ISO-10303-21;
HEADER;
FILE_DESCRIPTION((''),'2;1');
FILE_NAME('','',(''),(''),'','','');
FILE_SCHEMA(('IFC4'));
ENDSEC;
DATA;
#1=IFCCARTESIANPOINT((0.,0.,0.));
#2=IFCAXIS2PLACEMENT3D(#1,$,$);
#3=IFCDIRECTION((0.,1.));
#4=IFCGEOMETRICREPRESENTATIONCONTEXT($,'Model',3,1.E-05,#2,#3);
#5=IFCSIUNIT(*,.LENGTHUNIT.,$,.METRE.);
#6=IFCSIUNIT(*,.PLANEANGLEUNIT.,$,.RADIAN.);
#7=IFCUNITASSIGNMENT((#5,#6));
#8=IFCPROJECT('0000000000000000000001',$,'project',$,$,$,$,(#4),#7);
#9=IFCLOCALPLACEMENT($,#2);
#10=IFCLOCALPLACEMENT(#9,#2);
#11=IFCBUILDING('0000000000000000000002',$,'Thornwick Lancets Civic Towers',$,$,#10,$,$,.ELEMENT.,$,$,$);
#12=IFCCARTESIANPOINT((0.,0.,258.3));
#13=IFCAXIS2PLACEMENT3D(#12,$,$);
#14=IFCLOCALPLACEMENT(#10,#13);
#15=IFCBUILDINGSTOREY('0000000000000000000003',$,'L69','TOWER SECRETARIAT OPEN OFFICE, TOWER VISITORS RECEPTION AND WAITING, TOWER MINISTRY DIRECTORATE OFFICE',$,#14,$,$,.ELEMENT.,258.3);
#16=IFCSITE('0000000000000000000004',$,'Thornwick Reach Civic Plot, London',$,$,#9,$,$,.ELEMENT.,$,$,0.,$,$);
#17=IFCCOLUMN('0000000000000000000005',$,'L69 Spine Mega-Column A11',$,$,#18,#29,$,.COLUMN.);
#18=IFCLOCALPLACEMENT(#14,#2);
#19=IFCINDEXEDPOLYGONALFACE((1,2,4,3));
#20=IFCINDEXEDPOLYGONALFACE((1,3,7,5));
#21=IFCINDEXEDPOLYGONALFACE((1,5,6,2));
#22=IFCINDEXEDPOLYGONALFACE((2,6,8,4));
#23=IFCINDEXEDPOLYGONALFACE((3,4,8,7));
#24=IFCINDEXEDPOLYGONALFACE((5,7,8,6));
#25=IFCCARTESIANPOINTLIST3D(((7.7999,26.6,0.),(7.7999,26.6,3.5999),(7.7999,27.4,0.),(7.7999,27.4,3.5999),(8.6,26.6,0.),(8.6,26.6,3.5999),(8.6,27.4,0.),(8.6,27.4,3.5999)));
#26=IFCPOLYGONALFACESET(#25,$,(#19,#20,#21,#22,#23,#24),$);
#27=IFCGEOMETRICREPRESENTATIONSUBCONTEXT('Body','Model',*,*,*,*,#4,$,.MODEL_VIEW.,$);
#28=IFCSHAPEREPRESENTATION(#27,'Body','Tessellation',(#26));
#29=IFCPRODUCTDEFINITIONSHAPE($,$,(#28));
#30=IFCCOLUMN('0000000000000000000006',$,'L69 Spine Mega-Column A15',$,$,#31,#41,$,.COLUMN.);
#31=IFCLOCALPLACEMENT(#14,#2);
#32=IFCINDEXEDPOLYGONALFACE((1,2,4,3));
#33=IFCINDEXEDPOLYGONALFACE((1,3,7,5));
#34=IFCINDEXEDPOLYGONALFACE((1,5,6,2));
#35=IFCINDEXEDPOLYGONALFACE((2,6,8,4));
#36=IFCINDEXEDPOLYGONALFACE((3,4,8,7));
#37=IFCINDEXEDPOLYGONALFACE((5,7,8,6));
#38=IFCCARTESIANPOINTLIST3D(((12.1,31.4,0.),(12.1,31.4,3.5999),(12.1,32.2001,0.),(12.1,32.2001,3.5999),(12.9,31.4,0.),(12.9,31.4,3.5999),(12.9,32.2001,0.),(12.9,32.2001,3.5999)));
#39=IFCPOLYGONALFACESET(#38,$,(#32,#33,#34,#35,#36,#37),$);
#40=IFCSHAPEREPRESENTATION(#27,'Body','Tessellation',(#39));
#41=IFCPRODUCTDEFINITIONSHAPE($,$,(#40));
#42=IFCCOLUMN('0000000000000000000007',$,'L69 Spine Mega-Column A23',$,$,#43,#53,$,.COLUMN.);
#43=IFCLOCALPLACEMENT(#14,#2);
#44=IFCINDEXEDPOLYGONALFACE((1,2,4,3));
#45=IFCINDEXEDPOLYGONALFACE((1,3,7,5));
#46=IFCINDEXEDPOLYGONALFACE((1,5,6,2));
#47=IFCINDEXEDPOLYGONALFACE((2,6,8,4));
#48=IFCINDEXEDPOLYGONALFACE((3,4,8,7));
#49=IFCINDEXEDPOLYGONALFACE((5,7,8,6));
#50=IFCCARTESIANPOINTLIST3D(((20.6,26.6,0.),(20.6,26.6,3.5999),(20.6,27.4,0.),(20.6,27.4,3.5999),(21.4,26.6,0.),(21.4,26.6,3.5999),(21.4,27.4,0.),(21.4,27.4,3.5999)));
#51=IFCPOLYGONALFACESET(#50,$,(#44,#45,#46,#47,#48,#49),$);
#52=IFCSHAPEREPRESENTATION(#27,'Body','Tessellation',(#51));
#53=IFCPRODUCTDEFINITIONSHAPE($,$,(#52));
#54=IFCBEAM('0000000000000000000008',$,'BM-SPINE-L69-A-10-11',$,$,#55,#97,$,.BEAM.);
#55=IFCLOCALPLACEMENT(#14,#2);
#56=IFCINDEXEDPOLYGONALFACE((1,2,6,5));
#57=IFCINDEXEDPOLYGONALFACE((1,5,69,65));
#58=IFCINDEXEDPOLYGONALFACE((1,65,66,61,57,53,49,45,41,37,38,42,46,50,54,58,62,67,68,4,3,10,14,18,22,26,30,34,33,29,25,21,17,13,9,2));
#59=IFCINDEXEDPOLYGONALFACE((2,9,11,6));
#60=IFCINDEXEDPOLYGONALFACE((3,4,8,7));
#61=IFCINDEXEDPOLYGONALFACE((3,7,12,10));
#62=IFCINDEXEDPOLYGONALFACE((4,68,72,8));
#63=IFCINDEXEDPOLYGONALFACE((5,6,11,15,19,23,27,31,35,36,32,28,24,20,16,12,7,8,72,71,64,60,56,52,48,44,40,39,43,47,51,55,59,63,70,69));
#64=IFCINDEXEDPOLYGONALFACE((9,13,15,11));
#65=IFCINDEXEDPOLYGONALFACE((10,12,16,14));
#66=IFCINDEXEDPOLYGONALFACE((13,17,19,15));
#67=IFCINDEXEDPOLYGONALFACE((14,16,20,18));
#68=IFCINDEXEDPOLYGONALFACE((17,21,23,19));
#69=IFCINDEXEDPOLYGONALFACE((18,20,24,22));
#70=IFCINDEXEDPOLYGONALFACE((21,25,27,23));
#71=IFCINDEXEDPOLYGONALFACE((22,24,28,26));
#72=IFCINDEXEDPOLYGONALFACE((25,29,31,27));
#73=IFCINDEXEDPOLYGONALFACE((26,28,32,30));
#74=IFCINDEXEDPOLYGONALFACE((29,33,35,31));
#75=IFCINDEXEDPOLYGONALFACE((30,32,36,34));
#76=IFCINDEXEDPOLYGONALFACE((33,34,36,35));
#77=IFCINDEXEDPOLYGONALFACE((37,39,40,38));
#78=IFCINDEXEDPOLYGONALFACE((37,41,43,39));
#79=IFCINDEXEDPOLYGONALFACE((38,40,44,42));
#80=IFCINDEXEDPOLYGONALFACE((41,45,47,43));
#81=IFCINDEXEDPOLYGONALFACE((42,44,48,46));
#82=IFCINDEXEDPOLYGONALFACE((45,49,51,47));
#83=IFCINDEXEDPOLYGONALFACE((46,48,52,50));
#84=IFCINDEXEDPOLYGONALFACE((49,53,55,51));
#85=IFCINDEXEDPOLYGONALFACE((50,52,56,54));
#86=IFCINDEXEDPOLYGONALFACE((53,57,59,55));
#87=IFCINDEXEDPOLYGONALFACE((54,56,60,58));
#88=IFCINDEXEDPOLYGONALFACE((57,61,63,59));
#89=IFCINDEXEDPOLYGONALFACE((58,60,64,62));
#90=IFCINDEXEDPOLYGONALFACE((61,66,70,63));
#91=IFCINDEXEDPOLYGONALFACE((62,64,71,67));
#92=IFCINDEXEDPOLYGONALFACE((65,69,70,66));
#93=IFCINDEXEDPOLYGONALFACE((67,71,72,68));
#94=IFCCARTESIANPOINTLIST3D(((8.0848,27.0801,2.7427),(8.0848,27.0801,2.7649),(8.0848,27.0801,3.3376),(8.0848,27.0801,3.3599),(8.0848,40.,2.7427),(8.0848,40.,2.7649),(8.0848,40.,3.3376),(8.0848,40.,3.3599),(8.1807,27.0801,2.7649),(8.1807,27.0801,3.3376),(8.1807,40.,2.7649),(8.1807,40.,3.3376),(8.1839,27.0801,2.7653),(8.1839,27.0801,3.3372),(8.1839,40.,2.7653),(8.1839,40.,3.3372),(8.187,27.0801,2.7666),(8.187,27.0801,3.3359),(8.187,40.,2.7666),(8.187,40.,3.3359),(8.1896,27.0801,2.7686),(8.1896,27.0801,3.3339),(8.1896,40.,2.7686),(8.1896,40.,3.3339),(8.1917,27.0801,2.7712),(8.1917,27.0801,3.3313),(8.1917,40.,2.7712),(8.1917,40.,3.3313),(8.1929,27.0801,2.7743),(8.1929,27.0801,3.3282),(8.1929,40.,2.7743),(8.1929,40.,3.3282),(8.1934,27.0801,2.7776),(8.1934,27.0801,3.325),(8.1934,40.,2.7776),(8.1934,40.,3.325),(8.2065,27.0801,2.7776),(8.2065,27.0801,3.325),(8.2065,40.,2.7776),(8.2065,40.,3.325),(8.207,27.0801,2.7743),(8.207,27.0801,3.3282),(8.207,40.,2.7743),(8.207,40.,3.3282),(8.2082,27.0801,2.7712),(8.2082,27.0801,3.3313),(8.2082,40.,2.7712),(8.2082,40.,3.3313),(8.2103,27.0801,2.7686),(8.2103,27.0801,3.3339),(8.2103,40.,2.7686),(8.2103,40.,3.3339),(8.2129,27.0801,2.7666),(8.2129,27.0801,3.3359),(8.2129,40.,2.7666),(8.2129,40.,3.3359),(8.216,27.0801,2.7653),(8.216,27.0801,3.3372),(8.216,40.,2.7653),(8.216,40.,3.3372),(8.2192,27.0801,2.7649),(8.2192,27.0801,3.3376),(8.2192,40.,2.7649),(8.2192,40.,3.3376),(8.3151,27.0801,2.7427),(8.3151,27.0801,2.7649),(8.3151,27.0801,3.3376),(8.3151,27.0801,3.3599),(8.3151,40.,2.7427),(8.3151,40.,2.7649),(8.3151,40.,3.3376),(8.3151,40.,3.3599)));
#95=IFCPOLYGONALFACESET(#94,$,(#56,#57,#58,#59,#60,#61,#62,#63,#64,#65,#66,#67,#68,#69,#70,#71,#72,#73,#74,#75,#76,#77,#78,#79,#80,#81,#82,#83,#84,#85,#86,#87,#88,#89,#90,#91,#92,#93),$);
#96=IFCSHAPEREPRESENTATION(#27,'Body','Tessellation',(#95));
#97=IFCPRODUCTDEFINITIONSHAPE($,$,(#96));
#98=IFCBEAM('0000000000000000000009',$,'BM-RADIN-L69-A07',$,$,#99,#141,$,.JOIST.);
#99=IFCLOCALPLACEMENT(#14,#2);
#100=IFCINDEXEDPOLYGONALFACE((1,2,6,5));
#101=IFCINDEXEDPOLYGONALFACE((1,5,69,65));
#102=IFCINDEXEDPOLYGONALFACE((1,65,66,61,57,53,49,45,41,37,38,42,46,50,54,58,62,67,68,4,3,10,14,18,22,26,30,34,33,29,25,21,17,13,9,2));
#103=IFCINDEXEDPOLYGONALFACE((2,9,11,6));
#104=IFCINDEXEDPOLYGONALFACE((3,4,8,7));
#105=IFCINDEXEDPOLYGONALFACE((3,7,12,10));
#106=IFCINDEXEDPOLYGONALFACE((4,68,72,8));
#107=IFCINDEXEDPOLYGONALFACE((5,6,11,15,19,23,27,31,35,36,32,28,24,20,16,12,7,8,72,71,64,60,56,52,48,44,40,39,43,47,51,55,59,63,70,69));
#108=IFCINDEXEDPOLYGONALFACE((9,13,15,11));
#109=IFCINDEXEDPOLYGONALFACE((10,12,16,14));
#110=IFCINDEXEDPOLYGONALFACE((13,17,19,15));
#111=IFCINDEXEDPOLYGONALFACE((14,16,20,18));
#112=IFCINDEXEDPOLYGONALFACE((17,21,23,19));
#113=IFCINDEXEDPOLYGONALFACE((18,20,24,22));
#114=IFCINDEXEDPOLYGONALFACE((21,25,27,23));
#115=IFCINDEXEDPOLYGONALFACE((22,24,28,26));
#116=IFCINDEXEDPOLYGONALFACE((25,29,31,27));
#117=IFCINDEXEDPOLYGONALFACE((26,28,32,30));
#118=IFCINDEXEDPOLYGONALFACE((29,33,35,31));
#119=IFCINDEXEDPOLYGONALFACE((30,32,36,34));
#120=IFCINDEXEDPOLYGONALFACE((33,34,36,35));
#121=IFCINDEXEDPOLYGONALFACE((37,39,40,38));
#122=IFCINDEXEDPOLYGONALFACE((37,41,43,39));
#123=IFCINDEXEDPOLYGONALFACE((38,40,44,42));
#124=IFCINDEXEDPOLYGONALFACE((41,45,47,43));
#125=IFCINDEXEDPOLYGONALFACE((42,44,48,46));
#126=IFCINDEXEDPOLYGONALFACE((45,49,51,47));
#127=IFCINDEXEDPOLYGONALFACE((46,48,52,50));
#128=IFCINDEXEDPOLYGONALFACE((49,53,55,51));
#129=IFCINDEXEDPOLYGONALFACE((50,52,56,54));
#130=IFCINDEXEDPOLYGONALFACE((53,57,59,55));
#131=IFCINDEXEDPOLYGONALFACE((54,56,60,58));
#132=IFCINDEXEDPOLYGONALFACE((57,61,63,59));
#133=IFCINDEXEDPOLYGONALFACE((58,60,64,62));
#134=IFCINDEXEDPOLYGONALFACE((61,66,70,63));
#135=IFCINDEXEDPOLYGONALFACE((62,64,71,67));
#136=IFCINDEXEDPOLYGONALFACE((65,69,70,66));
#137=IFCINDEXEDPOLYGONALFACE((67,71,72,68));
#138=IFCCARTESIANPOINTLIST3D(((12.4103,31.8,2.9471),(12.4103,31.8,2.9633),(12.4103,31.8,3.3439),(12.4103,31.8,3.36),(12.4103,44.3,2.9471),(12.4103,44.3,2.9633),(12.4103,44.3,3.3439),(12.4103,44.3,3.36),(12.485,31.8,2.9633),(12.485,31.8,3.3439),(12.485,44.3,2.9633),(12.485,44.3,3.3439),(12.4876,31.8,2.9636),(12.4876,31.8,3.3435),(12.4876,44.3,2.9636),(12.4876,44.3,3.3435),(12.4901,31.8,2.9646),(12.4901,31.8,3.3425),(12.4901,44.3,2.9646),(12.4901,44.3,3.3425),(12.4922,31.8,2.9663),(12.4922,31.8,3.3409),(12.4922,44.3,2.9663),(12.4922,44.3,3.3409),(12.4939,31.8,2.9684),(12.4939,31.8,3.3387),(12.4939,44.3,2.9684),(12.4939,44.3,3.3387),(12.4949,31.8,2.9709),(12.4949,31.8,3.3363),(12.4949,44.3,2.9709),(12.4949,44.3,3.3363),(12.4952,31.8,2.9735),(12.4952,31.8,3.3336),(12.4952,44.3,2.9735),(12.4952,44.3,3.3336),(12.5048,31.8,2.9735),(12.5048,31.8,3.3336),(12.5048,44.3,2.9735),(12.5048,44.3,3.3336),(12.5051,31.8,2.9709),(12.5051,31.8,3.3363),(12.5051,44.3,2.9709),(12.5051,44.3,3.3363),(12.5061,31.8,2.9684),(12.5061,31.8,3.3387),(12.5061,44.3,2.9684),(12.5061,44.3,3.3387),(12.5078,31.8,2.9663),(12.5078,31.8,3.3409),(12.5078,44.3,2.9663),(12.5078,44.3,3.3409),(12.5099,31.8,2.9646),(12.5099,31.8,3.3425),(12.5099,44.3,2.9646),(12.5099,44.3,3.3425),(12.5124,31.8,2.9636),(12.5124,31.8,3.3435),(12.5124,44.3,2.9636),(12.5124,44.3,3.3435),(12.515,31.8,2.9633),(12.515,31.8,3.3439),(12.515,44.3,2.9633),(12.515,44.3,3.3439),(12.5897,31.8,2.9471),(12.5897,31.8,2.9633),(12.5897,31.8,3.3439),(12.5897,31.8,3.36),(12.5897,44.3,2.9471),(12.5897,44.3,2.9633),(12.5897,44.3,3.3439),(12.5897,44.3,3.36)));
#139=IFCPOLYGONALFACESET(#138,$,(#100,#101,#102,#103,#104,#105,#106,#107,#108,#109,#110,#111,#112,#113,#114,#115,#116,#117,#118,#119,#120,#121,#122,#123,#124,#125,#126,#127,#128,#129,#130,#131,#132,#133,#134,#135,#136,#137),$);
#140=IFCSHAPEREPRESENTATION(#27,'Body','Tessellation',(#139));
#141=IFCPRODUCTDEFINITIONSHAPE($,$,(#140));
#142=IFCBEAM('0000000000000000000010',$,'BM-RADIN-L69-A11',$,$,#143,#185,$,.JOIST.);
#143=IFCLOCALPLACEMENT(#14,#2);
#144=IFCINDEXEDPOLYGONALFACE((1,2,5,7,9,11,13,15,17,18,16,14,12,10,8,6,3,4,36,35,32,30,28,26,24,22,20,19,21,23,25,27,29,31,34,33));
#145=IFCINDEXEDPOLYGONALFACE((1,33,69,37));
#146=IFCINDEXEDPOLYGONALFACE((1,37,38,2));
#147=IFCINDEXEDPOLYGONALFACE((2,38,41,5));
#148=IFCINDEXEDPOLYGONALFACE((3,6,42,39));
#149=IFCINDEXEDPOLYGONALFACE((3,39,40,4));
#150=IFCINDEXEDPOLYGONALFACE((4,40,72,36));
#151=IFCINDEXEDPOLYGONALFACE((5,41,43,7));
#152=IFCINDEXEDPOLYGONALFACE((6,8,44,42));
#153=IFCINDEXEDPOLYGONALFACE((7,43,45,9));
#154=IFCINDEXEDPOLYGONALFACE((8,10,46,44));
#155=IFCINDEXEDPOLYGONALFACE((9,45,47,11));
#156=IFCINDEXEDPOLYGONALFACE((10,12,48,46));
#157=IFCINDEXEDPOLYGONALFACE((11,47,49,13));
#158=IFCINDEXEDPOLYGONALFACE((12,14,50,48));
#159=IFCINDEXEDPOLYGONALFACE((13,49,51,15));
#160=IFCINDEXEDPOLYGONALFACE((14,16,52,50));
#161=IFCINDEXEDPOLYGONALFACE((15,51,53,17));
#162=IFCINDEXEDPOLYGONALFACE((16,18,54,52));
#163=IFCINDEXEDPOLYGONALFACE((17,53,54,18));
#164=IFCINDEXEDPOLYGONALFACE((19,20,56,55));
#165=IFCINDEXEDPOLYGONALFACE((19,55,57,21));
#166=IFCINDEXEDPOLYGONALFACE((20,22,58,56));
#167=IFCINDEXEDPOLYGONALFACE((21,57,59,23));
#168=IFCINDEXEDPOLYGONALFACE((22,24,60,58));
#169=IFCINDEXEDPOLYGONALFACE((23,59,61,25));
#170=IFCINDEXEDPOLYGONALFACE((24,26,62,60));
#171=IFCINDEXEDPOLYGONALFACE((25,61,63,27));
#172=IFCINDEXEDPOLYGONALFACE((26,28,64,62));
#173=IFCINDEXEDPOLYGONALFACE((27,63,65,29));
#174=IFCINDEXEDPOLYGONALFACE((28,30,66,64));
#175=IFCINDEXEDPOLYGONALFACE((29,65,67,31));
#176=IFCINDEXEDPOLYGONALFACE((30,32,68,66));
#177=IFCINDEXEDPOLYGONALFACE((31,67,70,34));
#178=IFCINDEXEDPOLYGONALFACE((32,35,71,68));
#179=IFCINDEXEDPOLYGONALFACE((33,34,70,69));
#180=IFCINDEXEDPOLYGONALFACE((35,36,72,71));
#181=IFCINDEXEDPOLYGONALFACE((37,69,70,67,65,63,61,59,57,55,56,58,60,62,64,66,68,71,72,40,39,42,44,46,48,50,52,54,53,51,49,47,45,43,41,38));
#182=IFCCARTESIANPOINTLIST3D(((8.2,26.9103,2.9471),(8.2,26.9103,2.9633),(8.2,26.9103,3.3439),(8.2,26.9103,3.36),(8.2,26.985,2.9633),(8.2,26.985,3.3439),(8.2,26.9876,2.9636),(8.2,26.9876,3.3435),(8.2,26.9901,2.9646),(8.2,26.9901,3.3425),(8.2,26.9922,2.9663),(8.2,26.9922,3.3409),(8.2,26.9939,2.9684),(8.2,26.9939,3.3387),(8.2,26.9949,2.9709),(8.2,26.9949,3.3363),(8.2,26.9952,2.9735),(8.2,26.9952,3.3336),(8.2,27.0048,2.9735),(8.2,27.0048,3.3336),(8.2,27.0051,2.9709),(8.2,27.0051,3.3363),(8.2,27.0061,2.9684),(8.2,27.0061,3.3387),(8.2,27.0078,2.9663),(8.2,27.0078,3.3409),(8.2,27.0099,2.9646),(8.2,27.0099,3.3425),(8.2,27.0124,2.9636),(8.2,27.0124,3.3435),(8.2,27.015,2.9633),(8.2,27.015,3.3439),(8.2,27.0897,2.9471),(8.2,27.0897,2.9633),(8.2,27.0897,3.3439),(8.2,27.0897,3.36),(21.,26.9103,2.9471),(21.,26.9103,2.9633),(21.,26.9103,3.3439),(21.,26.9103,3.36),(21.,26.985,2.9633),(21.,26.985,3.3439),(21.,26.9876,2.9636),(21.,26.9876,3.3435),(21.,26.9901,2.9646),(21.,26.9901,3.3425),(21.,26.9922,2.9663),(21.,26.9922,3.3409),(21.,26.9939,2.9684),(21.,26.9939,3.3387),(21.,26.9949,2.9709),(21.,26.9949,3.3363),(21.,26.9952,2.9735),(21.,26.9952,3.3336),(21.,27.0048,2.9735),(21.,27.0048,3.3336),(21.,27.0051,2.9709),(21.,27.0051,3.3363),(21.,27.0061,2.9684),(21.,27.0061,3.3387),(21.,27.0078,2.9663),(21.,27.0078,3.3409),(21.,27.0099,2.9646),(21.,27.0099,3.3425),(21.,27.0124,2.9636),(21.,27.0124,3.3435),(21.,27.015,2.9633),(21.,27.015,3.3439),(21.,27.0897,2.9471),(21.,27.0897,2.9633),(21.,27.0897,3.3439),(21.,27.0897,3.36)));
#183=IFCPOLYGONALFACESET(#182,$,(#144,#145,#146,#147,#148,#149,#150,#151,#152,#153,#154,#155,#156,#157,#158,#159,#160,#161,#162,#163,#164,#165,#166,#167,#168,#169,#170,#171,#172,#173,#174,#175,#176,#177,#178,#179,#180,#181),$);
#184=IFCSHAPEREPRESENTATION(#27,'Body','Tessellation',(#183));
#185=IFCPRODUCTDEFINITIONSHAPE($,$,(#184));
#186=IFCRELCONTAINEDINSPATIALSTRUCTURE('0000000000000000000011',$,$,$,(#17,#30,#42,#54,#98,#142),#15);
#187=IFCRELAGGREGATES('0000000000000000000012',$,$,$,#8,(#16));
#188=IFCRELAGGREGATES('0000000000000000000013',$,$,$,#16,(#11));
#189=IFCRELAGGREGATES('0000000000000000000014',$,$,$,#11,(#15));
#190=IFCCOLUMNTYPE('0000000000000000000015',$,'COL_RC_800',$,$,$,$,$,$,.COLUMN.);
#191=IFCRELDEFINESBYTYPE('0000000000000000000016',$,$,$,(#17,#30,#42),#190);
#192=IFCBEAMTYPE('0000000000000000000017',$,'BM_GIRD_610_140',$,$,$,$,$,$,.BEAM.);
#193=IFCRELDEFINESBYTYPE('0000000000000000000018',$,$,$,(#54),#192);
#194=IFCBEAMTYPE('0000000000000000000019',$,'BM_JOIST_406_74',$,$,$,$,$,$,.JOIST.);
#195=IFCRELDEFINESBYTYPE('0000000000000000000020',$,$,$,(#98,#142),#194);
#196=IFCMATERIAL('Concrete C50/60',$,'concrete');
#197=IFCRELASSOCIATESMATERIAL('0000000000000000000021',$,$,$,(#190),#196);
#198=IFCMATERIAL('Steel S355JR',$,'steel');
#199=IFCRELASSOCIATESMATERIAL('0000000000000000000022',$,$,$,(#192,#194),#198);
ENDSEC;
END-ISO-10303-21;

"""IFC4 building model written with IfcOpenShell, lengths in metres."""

from ifc_helpers import new_model, si_unit, direction, frame, origin, origin_2d, place, context, subcontext, project, spatial, rectangle, i_section, extrude, material, material_profile, profile_set, type_object, element, save


model = new_model("IFC4")

# Units and contexts
model_context = context("Model", 3, precision=1e-05, world=origin(), true_north=direction((0.0, 1.0)))
body_context = subcontext(model_context, "Body", "Model", "MODEL_VIEW")
ifc_project = project(units=[si_unit("LENGTHUNIT", "METRE"), si_unit("PLANEANGLEUNIT", "RADIAN")], contexts=[model_context])

# Site, building, storey
site_placement = place(None, origin())
site = spatial("IfcSite", under=ifc_project, at=site_placement, Name="Thornwick Reach Civic Plot, London", CompositionType="ELEMENT", RefElevation=0.0)
building_placement = place(site_placement, origin())
building = spatial("IfcBuilding", under=site, at=building_placement, Name="Thornwick Lancets Civic Towers", CompositionType="ELEMENT")
storey_placement = place(building_placement, frame((0.0, 0.0, 258.3)))
storey = spatial("IfcBuildingStorey", under=building, at=storey_placement, Name="L69", Description="TOWER SECRETARIAT OPEN OFFICE, TOWER VISITORS RECEPTION AND WAITING, TOWER MINISTRY DIRECTORATE OFFICE", CompositionType="ELEMENT", Elevation=258.3)

# Columns
ifc_material_1 = material(Name="Concrete C50/60", Category="concrete")
ifc_material_profile_1 = material_profile(ifc_material_1, rectangle(XDim=0.8, YDim=0.8, at=origin_2d()), Name="RC 800x800")
ifc_profile_set_1 = profile_set([ifc_material_profile_1], Name="Concrete C50/60")
column_type = type_object("IfcColumnType", Name="COL_RC_800", PredefinedType="COLUMN", material=ifc_profile_set_1)
for number, where, z_axis, x_axis, name in (
    (1, (8.2, 27.0, 0.0), (0.0, 0.0, 1.0), (1.0, 0.0, 0.0), "L69 Spine Mega-Column A11"),
    (2, (12.5, 31.8, 0.0), (0.0, 0.0, 1.0), (1.0, 0.0, 0.0), "L69 Spine Mega-Column A15"),
    (3, (21.0, 27.0, 0.0), (0.0, 0.0, 1.0), (1.0, 0.0, 0.0), "L69 Spine Mega-Column A23"),
):
    element("IfcColumn", number, at=place(storey_placement, frame(where, z_axis=z_axis, x_axis=x_axis)), inside=storey, type_object=column_type, Name=name, PredefinedType="COLUMN", context=body_context, shape_type="SweptSolid", body=[
        extrude(rectangle(XDim=0.8, YDim=0.8, at=origin_2d()), origin(), (0.0, 0.0, 1.0), 3.5999),
    ])

# Beams
ifc_material_2 = material(Name="Steel S355JR", Category="steel")
ifc_material_profile_2 = material_profile(ifc_material_2, i_section(OverallWidth=0.2302, OverallDepth=0.6172, WebThickness=0.0132, FlangeThickness=0.0222, FilletRadius=0.0127, at=origin_2d()), Name="UKB 610x229x140")
ifc_profile_set_2 = profile_set([ifc_material_profile_2], Name="Steel S355JR")
beam_type_1 = type_object("IfcBeamType", Name="BM_GIRD_610_140", PredefinedType="BEAM", material=ifc_profile_set_2)
beam_1_placement = place(storey_placement, frame((8.2, 27.0801, 3.0513), z_axis=(0.0, 1.0, 0.0), x_axis=(-1.0, 0.0, 0.0)))
element("IfcBeam", 4, at=beam_1_placement, inside=storey, type_object=beam_type_1, Name="BM-SPINE-L69-A-10-11", PredefinedType="BEAM", context=body_context, shape_type="SweptSolid", body=[
    extrude(i_section(OverallWidth=0.2302, OverallDepth=0.6172, WebThickness=0.0132, FlangeThickness=0.0222, FilletRadius=0.0127, at=origin_2d()), origin(), (0.0, 0.0, 1.0), 12.9199),
])
ifc_material_profile_3 = material_profile(ifc_material_2, i_section(OverallWidth=0.1794, OverallDepth=0.4128, WebThickness=0.0095, FlangeThickness=0.0161, FilletRadius=0.0103, at=origin_2d()), Name="UKB 406x178x74")
ifc_profile_set_3 = profile_set([ifc_material_profile_3], Name="Steel S355JR")
beam_type_2 = type_object("IfcBeamType", Name="BM_JOIST_406_74", PredefinedType="JOIST", material=ifc_profile_set_3)
beam_2_placement = place(storey_placement, frame((12.5, 31.8, 3.1536), z_axis=(0.0, 1.0, 0.0), x_axis=(-1.0, 0.0, 0.0)))
element("IfcBeam", 5, at=beam_2_placement, inside=storey, type_object=beam_type_2, Name="BM-RADIN-L69-A07", PredefinedType="JOIST", context=body_context, shape_type="SweptSolid", body=[
    extrude(i_section(OverallWidth=0.1794, OverallDepth=0.4128, WebThickness=0.0095, FlangeThickness=0.0161, FilletRadius=0.0103, at=origin_2d()), origin(), (0.0, 0.0, 1.0), 12.5),
])
beam_3_placement = place(storey_placement, frame((21.0, 27.0, 3.1536), z_axis=(-1.0, 0.0, 0.0), x_axis=(0.0, -1.0, 0.0)))
element("IfcBeam", 6, at=beam_3_placement, inside=storey, type_object=beam_type_2, Name="BM-RADIN-L69-A11", PredefinedType="JOIST", context=body_context, shape_type="SweptSolid", body=[
    extrude(i_section(OverallWidth=0.1794, OverallDepth=0.4128, WebThickness=0.0095, FlangeThickness=0.0161, FilletRadius=0.0103, at=origin_2d()), origin(), (0.0, 0.0, 1.0), 12.8),
])

save(model, "model.ifc")
